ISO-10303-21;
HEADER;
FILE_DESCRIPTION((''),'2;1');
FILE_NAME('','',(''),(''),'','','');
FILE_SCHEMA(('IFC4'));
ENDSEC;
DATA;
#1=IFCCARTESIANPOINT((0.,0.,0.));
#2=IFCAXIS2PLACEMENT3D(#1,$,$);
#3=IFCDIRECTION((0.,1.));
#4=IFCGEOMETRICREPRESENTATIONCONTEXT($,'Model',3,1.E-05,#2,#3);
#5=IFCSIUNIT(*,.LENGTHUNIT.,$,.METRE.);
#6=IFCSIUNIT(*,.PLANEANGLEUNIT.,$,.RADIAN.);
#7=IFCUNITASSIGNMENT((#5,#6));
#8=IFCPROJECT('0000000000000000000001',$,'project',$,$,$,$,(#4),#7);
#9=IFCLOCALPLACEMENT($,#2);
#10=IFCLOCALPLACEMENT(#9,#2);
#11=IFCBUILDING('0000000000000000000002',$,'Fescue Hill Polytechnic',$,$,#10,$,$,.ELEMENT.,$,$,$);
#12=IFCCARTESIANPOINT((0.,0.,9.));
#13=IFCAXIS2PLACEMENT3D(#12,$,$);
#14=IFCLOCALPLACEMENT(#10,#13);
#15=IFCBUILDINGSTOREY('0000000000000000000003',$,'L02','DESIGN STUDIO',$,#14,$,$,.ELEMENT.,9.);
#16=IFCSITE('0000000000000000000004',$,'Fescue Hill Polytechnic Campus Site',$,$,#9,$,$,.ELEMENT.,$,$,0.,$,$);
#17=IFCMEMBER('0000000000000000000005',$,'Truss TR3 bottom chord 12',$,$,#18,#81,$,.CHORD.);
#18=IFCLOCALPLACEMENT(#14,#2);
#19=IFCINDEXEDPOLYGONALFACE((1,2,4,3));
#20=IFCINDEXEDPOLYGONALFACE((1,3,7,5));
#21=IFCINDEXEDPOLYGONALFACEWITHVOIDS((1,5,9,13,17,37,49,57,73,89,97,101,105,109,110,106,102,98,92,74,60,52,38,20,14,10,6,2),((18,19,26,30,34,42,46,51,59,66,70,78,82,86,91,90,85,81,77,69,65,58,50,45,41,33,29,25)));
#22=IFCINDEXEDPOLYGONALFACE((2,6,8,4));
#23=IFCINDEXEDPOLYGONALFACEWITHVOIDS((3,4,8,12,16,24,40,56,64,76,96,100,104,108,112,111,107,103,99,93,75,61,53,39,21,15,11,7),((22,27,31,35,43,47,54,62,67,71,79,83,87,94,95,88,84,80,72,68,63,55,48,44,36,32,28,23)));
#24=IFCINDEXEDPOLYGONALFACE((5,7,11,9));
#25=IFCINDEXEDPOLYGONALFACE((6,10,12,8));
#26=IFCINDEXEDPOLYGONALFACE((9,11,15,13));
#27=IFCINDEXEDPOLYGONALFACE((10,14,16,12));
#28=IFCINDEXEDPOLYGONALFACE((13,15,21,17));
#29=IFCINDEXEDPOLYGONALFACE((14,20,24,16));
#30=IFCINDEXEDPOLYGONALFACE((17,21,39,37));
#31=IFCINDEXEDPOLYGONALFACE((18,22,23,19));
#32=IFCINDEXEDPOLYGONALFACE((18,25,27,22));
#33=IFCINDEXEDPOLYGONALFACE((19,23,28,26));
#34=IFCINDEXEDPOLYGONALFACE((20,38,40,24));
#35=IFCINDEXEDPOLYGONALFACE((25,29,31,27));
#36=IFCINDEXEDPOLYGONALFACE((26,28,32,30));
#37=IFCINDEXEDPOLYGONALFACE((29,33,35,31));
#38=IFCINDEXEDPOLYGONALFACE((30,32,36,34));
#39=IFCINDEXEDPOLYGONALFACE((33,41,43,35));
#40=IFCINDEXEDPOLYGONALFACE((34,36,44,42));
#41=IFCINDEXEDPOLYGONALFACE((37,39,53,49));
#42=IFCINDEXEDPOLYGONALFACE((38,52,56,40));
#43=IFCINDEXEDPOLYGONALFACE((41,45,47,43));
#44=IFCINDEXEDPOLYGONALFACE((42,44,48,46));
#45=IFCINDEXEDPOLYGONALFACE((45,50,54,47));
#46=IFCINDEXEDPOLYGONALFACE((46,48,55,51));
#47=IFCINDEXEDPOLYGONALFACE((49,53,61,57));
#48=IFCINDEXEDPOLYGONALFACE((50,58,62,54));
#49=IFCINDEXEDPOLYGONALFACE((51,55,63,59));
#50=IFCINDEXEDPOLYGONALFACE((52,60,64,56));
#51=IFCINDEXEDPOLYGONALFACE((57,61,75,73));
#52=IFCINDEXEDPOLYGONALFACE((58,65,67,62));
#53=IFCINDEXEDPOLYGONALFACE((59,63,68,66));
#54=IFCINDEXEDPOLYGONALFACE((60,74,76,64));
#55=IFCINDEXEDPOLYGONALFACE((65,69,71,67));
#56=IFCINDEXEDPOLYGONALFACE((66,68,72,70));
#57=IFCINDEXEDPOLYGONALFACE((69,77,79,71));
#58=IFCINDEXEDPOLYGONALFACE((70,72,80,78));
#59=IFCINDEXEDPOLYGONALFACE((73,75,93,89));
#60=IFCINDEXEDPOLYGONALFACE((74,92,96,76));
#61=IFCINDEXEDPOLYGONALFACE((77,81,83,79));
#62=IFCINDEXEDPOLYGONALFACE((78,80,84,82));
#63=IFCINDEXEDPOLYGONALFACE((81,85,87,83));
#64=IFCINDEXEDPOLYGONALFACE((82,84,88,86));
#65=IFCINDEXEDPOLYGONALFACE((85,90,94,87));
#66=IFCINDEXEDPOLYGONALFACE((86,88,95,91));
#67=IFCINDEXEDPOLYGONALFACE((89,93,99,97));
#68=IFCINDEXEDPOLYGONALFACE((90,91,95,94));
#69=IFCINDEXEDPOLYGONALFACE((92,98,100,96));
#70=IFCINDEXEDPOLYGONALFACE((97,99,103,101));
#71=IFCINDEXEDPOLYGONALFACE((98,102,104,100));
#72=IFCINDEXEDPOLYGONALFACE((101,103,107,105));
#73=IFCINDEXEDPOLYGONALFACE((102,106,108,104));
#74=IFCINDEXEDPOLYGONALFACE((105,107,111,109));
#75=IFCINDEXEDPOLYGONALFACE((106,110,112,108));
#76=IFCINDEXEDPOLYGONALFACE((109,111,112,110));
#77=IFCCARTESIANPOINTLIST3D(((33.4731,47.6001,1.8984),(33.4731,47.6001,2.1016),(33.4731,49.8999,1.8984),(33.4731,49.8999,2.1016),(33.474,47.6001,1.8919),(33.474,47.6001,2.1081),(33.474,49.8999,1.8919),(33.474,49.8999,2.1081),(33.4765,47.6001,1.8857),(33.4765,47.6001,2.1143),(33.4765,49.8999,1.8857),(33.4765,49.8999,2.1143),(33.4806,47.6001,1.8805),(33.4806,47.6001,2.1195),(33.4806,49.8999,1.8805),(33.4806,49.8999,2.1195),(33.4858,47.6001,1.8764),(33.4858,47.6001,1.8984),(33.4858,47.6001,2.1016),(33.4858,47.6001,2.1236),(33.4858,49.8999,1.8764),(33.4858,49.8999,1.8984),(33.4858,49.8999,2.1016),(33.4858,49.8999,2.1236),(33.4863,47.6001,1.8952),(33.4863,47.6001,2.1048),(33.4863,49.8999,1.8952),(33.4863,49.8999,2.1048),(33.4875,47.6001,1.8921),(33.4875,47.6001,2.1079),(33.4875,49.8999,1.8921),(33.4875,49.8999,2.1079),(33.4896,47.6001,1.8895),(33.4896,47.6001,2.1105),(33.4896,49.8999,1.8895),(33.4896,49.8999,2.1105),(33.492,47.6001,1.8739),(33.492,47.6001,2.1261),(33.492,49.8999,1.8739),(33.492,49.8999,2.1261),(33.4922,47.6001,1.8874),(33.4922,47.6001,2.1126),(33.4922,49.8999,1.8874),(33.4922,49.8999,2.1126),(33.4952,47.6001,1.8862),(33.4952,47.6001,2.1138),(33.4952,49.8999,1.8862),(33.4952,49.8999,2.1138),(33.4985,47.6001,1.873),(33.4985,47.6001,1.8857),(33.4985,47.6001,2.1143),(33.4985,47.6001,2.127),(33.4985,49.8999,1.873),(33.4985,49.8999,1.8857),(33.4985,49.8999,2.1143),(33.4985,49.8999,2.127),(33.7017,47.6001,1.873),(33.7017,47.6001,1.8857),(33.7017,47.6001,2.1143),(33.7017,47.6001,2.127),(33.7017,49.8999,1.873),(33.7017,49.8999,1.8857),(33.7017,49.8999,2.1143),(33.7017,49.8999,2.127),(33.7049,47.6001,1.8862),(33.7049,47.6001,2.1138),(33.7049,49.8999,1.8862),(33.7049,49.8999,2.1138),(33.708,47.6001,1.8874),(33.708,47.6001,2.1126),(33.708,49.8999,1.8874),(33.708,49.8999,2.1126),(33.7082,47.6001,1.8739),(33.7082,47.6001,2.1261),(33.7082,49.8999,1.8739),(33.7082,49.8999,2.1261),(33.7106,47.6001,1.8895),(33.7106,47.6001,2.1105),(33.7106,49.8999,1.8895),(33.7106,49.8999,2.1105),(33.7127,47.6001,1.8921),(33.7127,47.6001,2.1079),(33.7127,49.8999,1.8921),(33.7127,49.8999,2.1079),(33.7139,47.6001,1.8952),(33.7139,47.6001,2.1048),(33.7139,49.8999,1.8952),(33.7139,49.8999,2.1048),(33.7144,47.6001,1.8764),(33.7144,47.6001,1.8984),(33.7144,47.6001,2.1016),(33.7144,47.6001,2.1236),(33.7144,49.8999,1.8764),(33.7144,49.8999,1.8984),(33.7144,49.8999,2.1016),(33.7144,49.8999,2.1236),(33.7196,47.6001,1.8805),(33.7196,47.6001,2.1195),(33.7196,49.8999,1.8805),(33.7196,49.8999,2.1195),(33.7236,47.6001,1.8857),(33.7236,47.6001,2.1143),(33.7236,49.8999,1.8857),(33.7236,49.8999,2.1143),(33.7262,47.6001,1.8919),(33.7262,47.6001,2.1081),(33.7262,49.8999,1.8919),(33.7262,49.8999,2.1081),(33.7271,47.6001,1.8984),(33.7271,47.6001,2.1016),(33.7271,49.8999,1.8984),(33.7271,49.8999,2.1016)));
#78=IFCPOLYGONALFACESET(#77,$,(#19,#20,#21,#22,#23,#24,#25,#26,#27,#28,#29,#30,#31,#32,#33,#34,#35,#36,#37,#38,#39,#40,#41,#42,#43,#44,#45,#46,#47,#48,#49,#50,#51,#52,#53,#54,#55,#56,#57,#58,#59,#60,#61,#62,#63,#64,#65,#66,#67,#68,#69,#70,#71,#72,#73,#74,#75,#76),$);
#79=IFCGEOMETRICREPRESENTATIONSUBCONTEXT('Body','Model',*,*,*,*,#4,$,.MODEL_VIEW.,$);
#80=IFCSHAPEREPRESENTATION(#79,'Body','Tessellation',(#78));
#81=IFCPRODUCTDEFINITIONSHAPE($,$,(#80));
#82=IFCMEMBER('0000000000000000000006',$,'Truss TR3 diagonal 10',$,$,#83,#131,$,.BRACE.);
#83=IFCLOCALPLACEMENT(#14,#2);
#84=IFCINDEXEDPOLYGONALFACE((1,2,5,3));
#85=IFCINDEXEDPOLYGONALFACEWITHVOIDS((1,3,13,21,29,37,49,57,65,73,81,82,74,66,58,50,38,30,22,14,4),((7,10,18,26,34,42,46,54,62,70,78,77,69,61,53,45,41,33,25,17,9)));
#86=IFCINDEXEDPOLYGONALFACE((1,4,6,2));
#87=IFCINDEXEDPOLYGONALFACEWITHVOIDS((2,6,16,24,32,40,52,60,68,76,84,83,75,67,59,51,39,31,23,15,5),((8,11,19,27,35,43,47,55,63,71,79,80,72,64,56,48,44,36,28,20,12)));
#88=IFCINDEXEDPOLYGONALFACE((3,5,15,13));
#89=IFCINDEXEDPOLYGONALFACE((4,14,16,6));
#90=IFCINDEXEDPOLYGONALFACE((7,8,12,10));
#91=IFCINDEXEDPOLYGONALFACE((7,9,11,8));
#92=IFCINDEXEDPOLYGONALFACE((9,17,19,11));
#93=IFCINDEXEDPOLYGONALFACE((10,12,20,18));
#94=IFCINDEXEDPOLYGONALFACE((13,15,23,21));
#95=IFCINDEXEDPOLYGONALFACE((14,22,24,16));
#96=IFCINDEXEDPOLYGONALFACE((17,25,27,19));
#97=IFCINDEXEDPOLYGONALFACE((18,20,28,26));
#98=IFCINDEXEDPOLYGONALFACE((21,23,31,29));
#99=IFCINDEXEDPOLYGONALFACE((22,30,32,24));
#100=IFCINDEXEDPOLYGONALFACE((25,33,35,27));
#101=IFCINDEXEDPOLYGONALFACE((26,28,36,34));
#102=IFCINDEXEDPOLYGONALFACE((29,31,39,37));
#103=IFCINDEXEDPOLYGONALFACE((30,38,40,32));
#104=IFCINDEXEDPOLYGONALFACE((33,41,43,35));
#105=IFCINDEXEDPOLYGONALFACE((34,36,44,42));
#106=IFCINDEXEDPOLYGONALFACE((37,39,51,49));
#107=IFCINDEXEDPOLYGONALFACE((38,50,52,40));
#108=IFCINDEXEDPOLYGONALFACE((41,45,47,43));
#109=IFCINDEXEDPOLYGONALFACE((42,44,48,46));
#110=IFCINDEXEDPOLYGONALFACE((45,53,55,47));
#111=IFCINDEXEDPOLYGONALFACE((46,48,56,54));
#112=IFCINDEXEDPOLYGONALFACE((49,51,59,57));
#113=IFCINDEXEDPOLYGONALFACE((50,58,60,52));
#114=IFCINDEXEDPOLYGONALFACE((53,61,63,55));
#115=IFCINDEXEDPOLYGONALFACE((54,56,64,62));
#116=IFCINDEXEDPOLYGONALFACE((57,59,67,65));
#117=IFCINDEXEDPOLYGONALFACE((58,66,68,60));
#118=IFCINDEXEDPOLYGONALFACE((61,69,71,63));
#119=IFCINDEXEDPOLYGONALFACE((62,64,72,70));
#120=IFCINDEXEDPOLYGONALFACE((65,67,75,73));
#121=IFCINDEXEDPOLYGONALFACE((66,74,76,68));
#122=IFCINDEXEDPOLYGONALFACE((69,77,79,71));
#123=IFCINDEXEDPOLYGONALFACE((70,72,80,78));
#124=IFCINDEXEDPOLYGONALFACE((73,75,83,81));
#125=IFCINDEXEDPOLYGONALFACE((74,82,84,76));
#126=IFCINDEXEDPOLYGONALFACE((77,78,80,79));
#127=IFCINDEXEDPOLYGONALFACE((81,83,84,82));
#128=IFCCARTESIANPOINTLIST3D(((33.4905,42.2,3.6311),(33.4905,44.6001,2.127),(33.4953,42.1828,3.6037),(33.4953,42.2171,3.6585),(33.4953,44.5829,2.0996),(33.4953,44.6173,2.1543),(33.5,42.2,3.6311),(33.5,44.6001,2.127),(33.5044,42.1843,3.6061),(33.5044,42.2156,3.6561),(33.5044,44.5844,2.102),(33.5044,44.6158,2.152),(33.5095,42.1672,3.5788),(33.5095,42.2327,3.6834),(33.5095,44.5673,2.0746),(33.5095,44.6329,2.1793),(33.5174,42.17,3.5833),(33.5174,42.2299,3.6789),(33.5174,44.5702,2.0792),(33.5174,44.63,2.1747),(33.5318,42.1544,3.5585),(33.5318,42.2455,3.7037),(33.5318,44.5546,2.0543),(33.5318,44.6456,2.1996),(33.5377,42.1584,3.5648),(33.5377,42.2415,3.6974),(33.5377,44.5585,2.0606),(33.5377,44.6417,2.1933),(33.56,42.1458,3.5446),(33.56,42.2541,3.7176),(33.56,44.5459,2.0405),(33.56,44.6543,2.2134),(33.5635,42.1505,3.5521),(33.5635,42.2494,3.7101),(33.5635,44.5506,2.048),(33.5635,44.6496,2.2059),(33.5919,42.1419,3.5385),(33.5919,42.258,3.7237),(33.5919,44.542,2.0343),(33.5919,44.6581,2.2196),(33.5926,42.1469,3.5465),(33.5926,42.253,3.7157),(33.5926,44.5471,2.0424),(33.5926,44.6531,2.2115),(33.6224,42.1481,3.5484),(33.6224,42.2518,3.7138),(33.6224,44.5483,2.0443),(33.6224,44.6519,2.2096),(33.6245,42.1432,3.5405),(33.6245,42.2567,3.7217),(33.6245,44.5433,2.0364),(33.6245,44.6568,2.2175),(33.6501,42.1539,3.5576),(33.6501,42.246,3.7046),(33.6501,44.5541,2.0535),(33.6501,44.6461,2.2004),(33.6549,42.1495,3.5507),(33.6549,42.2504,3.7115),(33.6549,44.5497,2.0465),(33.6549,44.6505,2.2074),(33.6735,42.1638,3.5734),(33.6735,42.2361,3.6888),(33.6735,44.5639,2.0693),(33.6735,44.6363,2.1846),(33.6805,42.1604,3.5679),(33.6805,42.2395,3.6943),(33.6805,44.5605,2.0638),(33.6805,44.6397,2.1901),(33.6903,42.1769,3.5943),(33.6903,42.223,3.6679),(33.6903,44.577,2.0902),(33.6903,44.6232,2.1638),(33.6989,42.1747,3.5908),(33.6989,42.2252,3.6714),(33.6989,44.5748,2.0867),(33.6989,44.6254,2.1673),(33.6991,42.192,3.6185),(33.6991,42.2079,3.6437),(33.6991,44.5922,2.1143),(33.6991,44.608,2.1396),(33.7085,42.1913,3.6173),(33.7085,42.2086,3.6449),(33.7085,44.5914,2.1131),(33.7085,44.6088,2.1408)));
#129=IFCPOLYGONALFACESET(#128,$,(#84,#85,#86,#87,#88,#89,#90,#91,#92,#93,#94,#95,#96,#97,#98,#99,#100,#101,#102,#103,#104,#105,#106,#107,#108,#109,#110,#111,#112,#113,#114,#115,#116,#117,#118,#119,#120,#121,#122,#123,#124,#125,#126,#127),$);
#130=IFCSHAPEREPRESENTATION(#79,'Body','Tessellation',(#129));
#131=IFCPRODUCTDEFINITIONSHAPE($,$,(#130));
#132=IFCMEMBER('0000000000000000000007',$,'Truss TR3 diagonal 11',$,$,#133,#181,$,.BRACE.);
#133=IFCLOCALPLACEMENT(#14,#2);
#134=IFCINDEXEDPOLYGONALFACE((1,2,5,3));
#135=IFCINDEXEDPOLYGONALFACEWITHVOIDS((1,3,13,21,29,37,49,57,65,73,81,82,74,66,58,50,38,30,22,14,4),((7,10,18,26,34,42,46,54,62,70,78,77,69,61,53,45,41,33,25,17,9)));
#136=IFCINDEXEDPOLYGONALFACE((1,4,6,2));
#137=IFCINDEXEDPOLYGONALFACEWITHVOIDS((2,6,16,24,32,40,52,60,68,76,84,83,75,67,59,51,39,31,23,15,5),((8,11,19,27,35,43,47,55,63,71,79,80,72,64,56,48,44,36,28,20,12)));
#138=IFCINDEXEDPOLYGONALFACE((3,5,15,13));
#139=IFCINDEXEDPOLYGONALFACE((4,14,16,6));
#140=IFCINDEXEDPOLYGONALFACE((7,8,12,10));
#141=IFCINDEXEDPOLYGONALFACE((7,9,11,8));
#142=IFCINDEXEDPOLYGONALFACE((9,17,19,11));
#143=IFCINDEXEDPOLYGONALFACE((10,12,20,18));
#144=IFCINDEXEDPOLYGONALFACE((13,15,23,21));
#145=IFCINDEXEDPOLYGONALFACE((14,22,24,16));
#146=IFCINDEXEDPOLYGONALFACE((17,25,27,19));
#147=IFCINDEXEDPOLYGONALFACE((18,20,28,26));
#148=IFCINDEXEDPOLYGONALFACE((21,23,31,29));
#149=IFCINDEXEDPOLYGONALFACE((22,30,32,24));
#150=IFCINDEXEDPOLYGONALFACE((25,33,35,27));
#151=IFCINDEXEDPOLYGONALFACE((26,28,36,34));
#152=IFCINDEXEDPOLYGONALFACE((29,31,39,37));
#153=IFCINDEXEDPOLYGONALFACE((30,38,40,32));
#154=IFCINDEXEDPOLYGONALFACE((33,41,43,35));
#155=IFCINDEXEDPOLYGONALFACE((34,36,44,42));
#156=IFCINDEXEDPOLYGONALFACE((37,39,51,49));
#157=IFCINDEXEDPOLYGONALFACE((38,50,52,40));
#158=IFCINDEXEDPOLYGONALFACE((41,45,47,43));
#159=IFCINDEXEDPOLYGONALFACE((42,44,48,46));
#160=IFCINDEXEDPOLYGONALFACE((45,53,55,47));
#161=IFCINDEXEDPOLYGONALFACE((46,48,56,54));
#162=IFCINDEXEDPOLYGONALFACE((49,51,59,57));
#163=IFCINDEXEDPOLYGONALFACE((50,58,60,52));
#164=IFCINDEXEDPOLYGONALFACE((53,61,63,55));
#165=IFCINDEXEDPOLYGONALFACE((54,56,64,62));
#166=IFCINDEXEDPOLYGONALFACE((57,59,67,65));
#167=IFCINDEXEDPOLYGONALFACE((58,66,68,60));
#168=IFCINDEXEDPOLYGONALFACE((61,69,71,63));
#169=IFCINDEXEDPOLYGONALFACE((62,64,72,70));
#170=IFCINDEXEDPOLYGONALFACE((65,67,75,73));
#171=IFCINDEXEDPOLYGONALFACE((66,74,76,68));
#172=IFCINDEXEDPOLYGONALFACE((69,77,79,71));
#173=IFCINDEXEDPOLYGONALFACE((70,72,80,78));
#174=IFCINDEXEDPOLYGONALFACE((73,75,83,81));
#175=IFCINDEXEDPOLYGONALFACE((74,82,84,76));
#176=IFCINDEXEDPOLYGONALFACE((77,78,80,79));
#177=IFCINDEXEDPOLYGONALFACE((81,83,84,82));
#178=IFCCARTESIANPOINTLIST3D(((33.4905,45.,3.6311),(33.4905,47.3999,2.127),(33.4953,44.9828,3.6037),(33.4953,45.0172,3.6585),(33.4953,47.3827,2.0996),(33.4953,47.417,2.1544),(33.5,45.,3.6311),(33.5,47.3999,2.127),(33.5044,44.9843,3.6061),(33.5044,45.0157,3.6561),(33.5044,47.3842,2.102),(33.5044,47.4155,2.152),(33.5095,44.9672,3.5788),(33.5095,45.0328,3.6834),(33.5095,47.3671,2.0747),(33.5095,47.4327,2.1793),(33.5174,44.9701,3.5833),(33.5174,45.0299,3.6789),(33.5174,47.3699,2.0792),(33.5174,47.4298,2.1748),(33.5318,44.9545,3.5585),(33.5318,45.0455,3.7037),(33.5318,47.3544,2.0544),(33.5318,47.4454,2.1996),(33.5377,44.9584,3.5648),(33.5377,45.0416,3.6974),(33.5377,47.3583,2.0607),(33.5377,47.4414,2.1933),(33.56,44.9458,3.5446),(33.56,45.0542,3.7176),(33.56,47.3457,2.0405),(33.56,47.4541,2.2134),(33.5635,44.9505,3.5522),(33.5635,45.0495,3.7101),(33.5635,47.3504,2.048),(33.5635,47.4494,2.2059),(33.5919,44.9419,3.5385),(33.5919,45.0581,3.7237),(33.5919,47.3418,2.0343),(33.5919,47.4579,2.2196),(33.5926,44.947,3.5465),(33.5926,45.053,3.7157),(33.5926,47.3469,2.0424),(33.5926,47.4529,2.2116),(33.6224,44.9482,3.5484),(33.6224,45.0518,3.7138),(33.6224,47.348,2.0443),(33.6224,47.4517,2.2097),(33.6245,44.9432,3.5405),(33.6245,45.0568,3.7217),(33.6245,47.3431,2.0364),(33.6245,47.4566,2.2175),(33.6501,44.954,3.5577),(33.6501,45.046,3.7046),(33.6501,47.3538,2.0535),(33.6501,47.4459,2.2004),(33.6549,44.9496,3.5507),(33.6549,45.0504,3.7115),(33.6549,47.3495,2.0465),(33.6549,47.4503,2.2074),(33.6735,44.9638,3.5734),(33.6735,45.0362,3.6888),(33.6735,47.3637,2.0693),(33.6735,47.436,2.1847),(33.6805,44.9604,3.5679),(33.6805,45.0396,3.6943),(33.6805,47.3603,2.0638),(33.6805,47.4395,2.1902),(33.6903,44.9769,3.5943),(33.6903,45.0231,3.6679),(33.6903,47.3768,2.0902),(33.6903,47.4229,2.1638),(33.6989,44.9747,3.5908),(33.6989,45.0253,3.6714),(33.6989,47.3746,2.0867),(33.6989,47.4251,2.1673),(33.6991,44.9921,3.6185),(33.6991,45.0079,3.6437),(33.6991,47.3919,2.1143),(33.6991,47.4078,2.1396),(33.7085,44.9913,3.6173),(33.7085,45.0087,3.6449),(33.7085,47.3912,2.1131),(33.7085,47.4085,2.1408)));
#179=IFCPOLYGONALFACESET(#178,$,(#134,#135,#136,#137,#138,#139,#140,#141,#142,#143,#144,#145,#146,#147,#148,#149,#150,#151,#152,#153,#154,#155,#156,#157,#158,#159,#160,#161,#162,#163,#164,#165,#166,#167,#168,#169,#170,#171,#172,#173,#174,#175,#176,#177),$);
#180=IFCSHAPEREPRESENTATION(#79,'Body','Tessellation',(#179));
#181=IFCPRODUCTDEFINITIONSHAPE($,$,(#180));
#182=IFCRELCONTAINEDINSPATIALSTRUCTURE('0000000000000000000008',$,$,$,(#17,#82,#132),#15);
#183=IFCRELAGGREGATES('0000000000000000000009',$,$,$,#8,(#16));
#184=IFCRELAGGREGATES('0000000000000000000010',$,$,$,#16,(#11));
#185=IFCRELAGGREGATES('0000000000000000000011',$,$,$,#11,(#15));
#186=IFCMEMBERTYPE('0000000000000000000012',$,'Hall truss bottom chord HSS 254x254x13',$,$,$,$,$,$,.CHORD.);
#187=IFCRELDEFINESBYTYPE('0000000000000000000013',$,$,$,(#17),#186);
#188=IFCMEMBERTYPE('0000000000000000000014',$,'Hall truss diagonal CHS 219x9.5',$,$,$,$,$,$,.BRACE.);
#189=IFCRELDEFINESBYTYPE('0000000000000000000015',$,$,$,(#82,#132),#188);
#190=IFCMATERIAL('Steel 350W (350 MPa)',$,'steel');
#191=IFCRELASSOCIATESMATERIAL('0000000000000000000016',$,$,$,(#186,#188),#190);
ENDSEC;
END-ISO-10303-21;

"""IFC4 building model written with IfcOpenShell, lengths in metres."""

from ifc_helpers import new_model, si_unit, direction, frame, origin, origin_2d, place, context, subcontext, project, spatial, hollow_rectangle, hollow_circle, extrude, material, material_profile, profile_set, type_object, element, save


model = new_model("IFC4")

# Units and contexts
model_context = context("Model", 3, precision=1e-05, world=origin(), true_north=direction((0.0, 1.0)))
body_context = subcontext(model_context, "Body", "Model", "MODEL_VIEW")
ifc_project = project(units=[si_unit("LENGTHUNIT", "METRE"), si_unit("PLANEANGLEUNIT", "RADIAN")], contexts=[model_context])

# Site, building, storey
site_placement = place(None, origin())
site = spatial("IfcSite", under=ifc_project, at=site_placement, Name="Fescue Hill Polytechnic Campus Site", CompositionType="ELEMENT", RefElevation=0.0)
building_placement = place(site_placement, origin())
building = spatial("IfcBuilding", under=site, at=building_placement, Name="Fescue Hill Polytechnic", CompositionType="ELEMENT")
storey_placement = place(building_placement, frame((0.0, 0.0, 9.0)))
storey = spatial("IfcBuildingStorey", under=building, at=storey_placement, Name="L02", Description="DESIGN STUDIO", CompositionType="ELEMENT", Elevation=9.0)

# Members
ifc_material = material(Name="Steel 350W (350 MPa)", Category="steel")
ifc_material_profile_1 = material_profile(ifc_material, hollow_rectangle(XDim=0.2539, YDim=0.2539, WallThickness=0.0127, InnerFilletRadius=0.0127, OuterFilletRadius=0.0254, at=origin_2d()), Name="Hall truss bottom chord HSS 254x254x13")
ifc_profile_set_1 = profile_set([ifc_material_profile_1], Name="Steel 350W (350 MPa)")
member_type_1 = type_object("IfcMemberType", Name="Hall truss bottom chord HSS 254x254x13", PredefinedType="CHORD", material=ifc_profile_set_1)
member_1_placement = place(storey_placement, frame((33.6001, 47.6001, 2.0), z_axis=(0.0, 1.0, 0.0), x_axis=(-1.0, 0.0, 0.0)))
element("IfcMember", 1, at=member_1_placement, inside=storey, type_object=member_type_1, Name="Truss TR3 bottom chord 12", PredefinedType="CHORD", context=body_context, shape_type="SweptSolid", body=[
    extrude(hollow_rectangle(XDim=0.2539, YDim=0.2539, WallThickness=0.0127, InnerFilletRadius=0.0127, OuterFilletRadius=0.0254, at=origin_2d()), origin(), (0.0, 0.0, 1.0), 2.2998),
])
ifc_material_profile_2 = material_profile(ifc_material, hollow_circle(Radius=0.1096, WallThickness=0.0095, at=origin_2d()), Name="Hall truss diagonal CHS 219x9.5")
ifc_profile_set_2 = profile_set([ifc_material_profile_2], Name="Steel 350W (350 MPa)")
member_type_2 = type_object("IfcMemberType", Name="Hall truss diagonal CHS 219x9.5", PredefinedType="BRACE", material=ifc_profile_set_2)
member_2_placement = place(storey_placement, frame((33.6001, 42.2, 3.6311), z_axis=(0.0, 0.847354, -0.531029), x_axis=(-1.0, 0.0, 0.0)))
element("IfcMember", 2, at=member_2_placement, inside=storey, type_object=member_type_2, Name="Truss TR3 diagonal 10", PredefinedType="BRACE", context=body_context, shape_type="SweptSolid", body=[
    extrude(hollow_circle(Radius=0.1096, WallThickness=0.0095, at=origin_2d()), origin(), (0.0, 0.0, 1.0), 2.8325),
])
member_3_placement = place(storey_placement, frame((33.6001, 45.0, 3.6311), z_axis=(0.0, 0.847329, -0.531068), x_axis=(-1.0, 0.0, 0.0)))
element("IfcMember", 3, at=member_3_placement, inside=storey, type_object=member_type_2, Name="Truss TR3 diagonal 11", PredefinedType="BRACE", context=body_context, shape_type="SweptSolid", body=[
    extrude(hollow_circle(Radius=0.1096, WallThickness=0.0095, at=origin_2d()), origin(), (0.0, 0.0, 1.0), 2.8323),
])

save(model, "model.ifc")
